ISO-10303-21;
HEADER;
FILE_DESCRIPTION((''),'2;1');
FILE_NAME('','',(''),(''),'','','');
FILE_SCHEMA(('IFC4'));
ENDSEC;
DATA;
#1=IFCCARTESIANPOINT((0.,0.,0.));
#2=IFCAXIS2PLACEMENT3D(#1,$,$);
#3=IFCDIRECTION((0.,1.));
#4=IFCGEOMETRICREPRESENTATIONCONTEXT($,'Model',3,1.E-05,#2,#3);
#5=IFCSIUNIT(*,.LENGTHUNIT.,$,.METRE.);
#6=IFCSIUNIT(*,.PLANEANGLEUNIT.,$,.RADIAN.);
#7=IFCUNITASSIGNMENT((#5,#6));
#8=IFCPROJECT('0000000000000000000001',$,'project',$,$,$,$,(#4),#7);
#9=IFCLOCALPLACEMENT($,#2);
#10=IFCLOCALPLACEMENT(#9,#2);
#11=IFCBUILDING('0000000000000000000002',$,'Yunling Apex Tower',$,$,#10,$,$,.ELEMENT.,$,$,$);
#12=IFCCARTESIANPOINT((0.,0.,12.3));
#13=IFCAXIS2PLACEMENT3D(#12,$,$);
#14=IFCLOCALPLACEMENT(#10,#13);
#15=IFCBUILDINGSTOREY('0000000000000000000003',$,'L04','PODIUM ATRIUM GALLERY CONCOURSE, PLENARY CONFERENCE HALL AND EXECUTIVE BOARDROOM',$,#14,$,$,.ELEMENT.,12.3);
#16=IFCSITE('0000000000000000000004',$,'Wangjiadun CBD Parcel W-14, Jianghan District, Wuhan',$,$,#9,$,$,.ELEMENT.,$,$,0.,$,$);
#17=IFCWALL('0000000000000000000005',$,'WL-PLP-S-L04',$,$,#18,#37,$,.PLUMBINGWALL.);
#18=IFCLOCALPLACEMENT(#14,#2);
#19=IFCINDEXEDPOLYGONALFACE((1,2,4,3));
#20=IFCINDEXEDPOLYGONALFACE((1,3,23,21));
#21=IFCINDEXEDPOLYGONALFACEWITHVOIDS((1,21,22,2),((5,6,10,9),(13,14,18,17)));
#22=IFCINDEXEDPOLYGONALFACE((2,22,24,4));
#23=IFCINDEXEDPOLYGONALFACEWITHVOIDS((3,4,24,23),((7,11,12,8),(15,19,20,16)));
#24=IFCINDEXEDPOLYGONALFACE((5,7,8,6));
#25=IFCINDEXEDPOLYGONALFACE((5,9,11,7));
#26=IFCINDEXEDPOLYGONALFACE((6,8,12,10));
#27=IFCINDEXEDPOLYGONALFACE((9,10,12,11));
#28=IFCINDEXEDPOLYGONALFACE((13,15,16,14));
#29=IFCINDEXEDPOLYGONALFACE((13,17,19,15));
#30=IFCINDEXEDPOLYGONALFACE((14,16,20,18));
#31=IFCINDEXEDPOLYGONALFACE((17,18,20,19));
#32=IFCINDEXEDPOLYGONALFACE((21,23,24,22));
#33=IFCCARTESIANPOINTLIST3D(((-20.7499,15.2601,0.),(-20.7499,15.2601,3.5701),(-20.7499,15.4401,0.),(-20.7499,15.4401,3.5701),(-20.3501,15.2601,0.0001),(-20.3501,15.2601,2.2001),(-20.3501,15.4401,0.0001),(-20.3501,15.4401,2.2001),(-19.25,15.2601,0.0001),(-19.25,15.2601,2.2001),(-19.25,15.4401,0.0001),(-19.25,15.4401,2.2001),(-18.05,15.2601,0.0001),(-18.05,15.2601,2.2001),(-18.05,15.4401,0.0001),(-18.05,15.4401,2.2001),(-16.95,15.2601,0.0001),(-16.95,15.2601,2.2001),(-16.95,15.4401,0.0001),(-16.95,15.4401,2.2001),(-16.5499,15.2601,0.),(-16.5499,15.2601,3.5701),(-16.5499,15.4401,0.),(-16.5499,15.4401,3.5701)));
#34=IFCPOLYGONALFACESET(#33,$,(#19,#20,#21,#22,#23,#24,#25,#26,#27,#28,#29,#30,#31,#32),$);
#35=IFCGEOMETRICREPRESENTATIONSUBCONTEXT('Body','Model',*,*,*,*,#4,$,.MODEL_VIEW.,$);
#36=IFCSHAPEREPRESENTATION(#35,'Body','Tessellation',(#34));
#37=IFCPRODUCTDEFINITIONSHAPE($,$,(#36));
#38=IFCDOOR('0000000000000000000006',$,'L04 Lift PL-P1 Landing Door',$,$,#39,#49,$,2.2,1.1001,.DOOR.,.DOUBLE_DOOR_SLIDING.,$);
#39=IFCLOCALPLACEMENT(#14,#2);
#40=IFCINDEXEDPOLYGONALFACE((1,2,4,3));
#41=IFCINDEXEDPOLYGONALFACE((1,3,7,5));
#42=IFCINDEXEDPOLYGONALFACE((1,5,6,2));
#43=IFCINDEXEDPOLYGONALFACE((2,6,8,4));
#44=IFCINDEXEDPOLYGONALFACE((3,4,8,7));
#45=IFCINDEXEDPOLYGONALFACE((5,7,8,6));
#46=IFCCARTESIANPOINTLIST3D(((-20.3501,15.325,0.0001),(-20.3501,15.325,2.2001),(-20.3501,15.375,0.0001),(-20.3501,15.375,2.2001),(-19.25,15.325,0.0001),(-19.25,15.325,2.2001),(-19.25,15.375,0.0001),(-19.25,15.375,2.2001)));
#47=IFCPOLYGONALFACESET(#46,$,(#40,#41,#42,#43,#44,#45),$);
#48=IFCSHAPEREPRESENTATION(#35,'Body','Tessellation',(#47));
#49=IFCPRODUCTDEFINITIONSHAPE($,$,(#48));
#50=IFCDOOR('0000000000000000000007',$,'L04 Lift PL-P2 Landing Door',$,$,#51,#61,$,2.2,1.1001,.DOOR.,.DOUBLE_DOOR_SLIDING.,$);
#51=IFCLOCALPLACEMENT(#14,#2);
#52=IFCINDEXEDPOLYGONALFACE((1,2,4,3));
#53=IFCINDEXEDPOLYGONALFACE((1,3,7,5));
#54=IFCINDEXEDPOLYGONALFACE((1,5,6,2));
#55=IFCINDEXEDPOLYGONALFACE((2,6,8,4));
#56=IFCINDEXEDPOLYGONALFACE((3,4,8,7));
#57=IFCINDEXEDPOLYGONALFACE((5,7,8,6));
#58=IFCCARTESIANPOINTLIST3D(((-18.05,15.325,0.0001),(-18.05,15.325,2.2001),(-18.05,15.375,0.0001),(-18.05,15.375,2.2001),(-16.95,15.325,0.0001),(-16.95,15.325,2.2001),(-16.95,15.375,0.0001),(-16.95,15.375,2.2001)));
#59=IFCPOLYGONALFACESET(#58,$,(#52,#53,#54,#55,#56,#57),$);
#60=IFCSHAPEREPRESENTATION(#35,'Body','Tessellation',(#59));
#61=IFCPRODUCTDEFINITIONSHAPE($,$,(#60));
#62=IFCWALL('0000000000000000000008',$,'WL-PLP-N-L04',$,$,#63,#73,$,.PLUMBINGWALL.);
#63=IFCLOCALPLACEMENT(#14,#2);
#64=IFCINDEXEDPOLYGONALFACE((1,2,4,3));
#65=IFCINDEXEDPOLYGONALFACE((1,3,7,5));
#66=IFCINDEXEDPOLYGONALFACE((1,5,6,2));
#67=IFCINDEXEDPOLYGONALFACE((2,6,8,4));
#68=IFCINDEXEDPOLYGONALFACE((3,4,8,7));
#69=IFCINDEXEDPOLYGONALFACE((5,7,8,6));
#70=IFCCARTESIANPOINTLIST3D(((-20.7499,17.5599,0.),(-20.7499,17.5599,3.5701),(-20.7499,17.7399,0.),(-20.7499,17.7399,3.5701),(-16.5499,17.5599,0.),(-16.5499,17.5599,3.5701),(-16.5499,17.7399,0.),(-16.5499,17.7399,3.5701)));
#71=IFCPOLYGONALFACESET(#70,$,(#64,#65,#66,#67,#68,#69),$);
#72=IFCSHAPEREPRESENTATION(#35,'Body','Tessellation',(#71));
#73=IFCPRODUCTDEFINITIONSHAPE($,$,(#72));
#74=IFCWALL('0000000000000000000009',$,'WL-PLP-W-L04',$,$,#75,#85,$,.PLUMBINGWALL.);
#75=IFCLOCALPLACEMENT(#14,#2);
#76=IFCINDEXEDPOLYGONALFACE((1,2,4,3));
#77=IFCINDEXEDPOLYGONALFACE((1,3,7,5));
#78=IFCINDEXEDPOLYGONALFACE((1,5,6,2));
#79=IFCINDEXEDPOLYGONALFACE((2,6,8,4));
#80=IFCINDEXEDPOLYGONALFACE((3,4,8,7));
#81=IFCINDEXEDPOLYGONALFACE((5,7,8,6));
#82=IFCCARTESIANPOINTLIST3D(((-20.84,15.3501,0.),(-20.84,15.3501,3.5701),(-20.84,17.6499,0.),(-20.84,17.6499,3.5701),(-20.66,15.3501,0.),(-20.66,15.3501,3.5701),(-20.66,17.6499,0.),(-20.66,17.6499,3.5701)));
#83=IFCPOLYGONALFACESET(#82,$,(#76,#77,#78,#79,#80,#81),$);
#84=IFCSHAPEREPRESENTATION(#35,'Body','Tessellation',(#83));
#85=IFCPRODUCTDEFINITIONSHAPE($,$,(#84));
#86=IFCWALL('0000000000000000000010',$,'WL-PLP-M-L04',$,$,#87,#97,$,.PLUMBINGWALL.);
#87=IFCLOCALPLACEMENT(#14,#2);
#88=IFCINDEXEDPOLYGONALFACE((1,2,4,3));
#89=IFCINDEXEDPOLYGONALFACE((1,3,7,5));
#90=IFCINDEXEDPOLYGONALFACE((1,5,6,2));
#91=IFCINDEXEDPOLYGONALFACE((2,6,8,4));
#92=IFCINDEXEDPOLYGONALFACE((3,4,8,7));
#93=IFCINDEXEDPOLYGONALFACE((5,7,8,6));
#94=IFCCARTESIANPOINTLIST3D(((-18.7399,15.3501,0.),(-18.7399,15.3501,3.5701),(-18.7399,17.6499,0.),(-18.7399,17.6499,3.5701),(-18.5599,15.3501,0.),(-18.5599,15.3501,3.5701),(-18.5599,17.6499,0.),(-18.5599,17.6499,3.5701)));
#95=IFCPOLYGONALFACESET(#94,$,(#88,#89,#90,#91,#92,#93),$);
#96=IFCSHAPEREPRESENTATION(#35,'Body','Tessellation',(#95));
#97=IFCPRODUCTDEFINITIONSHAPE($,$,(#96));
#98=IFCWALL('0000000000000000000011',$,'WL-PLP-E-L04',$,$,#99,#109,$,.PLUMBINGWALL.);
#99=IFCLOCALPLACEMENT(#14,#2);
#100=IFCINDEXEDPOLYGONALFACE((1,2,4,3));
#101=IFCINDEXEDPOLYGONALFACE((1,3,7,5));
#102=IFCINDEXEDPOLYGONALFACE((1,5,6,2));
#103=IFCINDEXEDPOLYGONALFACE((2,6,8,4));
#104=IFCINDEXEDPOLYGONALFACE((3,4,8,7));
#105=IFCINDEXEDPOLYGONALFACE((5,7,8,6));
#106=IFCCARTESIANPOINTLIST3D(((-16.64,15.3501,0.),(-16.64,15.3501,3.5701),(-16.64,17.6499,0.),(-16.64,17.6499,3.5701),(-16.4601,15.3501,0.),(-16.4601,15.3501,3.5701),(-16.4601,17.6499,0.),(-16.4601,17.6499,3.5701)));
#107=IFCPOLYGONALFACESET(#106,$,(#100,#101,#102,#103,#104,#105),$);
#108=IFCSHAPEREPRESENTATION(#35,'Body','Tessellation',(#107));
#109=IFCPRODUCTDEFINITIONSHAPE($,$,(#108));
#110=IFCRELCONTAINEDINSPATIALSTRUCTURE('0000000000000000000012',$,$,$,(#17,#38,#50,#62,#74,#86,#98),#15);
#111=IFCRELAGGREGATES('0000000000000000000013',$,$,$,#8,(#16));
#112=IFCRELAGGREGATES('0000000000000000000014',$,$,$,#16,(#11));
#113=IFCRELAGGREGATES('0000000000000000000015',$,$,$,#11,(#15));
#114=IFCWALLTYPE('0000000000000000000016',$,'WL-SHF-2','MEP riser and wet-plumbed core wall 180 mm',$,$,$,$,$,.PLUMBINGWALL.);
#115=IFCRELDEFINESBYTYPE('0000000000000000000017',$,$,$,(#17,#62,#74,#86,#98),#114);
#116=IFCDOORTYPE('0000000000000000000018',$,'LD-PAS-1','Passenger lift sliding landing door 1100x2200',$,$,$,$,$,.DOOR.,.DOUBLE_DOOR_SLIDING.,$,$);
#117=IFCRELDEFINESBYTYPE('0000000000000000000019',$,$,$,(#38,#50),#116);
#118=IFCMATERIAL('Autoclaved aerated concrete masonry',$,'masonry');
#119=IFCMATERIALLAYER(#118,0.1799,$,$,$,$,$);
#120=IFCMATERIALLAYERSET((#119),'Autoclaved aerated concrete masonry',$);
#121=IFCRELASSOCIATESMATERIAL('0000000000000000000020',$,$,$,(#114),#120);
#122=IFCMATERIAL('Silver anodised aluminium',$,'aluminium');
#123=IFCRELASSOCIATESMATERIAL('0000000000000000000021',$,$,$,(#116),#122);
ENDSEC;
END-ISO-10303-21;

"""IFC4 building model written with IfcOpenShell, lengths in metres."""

from ifc_helpers import new_model, si_unit, direction, frame, frame_2d, origin, place, context, subcontext, project, spatial, rectangle, extrude, material, layer, layer_set, type_object, element, fill, save


model = new_model("IFC4")

# Units and contexts
model_context = context("Model", 3, precision=1e-05, world=origin(), true_north=direction((0.0, 1.0)))
body_context = subcontext(model_context, "Body", "Model", "MODEL_VIEW")
ifc_project = project(units=[si_unit("LENGTHUNIT", "METRE"), si_unit("PLANEANGLEUNIT", "RADIAN")], contexts=[model_context])

# Site, building, storey
site_placement = place(None, origin())
site = spatial("IfcSite", under=ifc_project, at=site_placement, Name="Wangjiadun CBD Parcel W-14, Jianghan District, Wuhan", CompositionType="ELEMENT", RefElevation=0.0)
building_placement = place(site_placement, origin())
building = spatial("IfcBuilding", under=site, at=building_placement, Name="Yunling Apex Tower", CompositionType="ELEMENT")
storey_placement = place(building_placement, frame((0.0, 0.0, 12.3)))
storey = spatial("IfcBuildingStorey", under=building, at=storey_placement, Name="L04", Description="PODIUM ATRIUM GALLERY CONCOURSE, PLENARY CONFERENCE HALL AND EXECUTIVE BOARDROOM", CompositionType="ELEMENT", Elevation=12.3)

# Wall, openings, doors
ifc_material_1 = material(Name="Autoclaved aerated concrete masonry", Category="masonry")
ifc_layer_1 = layer(ifc_material_1, 0.1799)
ifc_layer_set_1 = layer_set([ifc_layer_1], Name="Autoclaved aerated concrete masonry")
wall_type_1 = type_object("IfcWallType", Name="WL-SHF-2", Description="MEP riser and wet-plumbed core wall 180 mm", PredefinedType="PLUMBINGWALL", material=ifc_layer_set_1)
wall_1_placement = place(storey_placement, frame((-20.75, 15.3501, 0.0), z_axis=(0.0, 0.0, 1.0), x_axis=(1.0, 0.0, 0.0)))
wall_1 = element("IfcWall", 1, at=wall_1_placement, inside=storey, type_object=wall_type_1, Name="WL-PLP-S-L04", PredefinedType="PLUMBINGWALL", context=body_context, shape_type="SweptSolid", body=[
    extrude(rectangle(XDim=4.2, YDim=0.1799, at=frame_2d((2.1001, 0.0))), origin(), (0.0, 0.0, 1.0), 3.5701),
])
opening_1_placement = place(wall_1_placement, frame((0.3999, 0.0, 0.0)))
opening_1 = element("IfcOpeningElement", 2, at=opening_1_placement, cuts=wall_1, PredefinedType="OPENING", context=body_context, shape_type="SweptSolid", body=[
    extrude(rectangle(XDim=1.1001, YDim=2.2, at=frame_2d((0.55, 1.1001))), frame((0.0, 0.1001, 0.0), z_axis=(0.0, -1.0, 0.0), x_axis=(1.0, 0.0, 0.0)), (0.0, 0.0, 1.0), 0.2),
])
opening_2_placement = place(wall_1_placement, frame((2.7, 0.0, 0.0)))
opening_2 = element("IfcOpeningElement", 3, at=opening_2_placement, cuts=wall_1, PredefinedType="OPENING", context=body_context, shape_type="SweptSolid", body=[
    extrude(rectangle(XDim=1.1001, YDim=2.2, at=frame_2d((0.55, 1.1001))), frame((0.0, 0.1001, 0.0), z_axis=(0.0, -1.0, 0.0), x_axis=(1.0, 0.0, 0.0)), (0.0, 0.0, 1.0), 0.2),
])
ifc_material_2 = material(Name="Silver anodised aluminium", Category="aluminium")
door_type_1 = type_object("IfcDoorType", Name="LD-PAS-1", Description="Passenger lift sliding landing door 1100x2200", OperationType="DOUBLE_DOOR_SLIDING", PredefinedType="DOOR", material=ifc_material_2)
door_1_placement = place(opening_1_placement, origin())
door_1 = element("IfcDoor", 4, at=door_1_placement, inside=storey, type_object=door_type_1, Name="L04 Lift PL-P1 Landing Door", OperationType="DOUBLE_DOOR_SLIDING", OverallHeight=2.2, OverallWidth=1.1001, PredefinedType="DOOR", context=body_context, shape_type="SweptSolid", body=[
    extrude(rectangle(XDim=1.1001, YDim=2.2, at=frame_2d((0.55, 1.1001))), frame((0.0, 0.0249, 0.0), z_axis=(0.0, -1.0, 0.0), x_axis=(1.0, 0.0, 0.0)), (0.0, 0.0, 1.0), 0.05),
])
fill(opening_1, door_1)
door_2_placement = place(opening_2_placement, origin())
door_2 = element("IfcDoor", 5, at=door_2_placement, inside=storey, type_object=door_type_1, Name="L04 Lift PL-P2 Landing Door", OperationType="DOUBLE_DOOR_SLIDING", OverallHeight=2.2, OverallWidth=1.1001, PredefinedType="DOOR", context=body_context, shape_type="SweptSolid", body=[
    extrude(rectangle(XDim=1.1001, YDim=2.2, at=frame_2d((0.55, 1.1001))), frame((0.0, 0.0249, 0.0), z_axis=(0.0, -1.0, 0.0), x_axis=(1.0, 0.0, 0.0)), (0.0, 0.0, 1.0), 0.05),
])
fill(opening_2, door_2)

# Walls
wall_2_placement = place(storey_placement, frame((-20.75, 17.6499, 0.0), z_axis=(0.0, 0.0, 1.0), x_axis=(1.0, 0.0, 0.0)))
element("IfcWall", 6, at=wall_2_placement, inside=storey, type_object=wall_type_1, Name="WL-PLP-N-L04", PredefinedType="PLUMBINGWALL", context=body_context, shape_type="SweptSolid", body=[
    extrude(rectangle(XDim=4.2, YDim=0.1799, at=frame_2d((2.1001, 0.0))), origin(), (0.0, 0.0, 1.0), 3.5701),
])
for number, where, z_axis, x_axis, name in (
    (7, (-20.75, 15.3501, 0.0), (0.0, 0.0, 1.0), (0.0, 1.0, 0.0), "WL-PLP-W-L04"),
    (8, (-18.6499, 15.3501, 0.0), (0.0, 0.0, 1.0), (0.0, 1.0, 0.0), "WL-PLP-M-L04"),
    (9, (-16.55, 15.3501, 0.0), (0.0, 0.0, 1.0), (0.0, 1.0, 0.0), "WL-PLP-E-L04"),
):
    element("IfcWall", number, at=place(storey_placement, frame(where, z_axis=z_axis, x_axis=x_axis)), inside=storey, type_object=wall_type_1, Name=name, PredefinedType="PLUMBINGWALL", context=body_context, shape_type="SweptSolid", body=[
        extrude(rectangle(XDim=2.2998, YDim=0.1799, at=frame_2d((1.1499, 0.0))), origin(), (0.0, 0.0, 1.0), 3.5701),
    ])

save(model, "model.ifc")
